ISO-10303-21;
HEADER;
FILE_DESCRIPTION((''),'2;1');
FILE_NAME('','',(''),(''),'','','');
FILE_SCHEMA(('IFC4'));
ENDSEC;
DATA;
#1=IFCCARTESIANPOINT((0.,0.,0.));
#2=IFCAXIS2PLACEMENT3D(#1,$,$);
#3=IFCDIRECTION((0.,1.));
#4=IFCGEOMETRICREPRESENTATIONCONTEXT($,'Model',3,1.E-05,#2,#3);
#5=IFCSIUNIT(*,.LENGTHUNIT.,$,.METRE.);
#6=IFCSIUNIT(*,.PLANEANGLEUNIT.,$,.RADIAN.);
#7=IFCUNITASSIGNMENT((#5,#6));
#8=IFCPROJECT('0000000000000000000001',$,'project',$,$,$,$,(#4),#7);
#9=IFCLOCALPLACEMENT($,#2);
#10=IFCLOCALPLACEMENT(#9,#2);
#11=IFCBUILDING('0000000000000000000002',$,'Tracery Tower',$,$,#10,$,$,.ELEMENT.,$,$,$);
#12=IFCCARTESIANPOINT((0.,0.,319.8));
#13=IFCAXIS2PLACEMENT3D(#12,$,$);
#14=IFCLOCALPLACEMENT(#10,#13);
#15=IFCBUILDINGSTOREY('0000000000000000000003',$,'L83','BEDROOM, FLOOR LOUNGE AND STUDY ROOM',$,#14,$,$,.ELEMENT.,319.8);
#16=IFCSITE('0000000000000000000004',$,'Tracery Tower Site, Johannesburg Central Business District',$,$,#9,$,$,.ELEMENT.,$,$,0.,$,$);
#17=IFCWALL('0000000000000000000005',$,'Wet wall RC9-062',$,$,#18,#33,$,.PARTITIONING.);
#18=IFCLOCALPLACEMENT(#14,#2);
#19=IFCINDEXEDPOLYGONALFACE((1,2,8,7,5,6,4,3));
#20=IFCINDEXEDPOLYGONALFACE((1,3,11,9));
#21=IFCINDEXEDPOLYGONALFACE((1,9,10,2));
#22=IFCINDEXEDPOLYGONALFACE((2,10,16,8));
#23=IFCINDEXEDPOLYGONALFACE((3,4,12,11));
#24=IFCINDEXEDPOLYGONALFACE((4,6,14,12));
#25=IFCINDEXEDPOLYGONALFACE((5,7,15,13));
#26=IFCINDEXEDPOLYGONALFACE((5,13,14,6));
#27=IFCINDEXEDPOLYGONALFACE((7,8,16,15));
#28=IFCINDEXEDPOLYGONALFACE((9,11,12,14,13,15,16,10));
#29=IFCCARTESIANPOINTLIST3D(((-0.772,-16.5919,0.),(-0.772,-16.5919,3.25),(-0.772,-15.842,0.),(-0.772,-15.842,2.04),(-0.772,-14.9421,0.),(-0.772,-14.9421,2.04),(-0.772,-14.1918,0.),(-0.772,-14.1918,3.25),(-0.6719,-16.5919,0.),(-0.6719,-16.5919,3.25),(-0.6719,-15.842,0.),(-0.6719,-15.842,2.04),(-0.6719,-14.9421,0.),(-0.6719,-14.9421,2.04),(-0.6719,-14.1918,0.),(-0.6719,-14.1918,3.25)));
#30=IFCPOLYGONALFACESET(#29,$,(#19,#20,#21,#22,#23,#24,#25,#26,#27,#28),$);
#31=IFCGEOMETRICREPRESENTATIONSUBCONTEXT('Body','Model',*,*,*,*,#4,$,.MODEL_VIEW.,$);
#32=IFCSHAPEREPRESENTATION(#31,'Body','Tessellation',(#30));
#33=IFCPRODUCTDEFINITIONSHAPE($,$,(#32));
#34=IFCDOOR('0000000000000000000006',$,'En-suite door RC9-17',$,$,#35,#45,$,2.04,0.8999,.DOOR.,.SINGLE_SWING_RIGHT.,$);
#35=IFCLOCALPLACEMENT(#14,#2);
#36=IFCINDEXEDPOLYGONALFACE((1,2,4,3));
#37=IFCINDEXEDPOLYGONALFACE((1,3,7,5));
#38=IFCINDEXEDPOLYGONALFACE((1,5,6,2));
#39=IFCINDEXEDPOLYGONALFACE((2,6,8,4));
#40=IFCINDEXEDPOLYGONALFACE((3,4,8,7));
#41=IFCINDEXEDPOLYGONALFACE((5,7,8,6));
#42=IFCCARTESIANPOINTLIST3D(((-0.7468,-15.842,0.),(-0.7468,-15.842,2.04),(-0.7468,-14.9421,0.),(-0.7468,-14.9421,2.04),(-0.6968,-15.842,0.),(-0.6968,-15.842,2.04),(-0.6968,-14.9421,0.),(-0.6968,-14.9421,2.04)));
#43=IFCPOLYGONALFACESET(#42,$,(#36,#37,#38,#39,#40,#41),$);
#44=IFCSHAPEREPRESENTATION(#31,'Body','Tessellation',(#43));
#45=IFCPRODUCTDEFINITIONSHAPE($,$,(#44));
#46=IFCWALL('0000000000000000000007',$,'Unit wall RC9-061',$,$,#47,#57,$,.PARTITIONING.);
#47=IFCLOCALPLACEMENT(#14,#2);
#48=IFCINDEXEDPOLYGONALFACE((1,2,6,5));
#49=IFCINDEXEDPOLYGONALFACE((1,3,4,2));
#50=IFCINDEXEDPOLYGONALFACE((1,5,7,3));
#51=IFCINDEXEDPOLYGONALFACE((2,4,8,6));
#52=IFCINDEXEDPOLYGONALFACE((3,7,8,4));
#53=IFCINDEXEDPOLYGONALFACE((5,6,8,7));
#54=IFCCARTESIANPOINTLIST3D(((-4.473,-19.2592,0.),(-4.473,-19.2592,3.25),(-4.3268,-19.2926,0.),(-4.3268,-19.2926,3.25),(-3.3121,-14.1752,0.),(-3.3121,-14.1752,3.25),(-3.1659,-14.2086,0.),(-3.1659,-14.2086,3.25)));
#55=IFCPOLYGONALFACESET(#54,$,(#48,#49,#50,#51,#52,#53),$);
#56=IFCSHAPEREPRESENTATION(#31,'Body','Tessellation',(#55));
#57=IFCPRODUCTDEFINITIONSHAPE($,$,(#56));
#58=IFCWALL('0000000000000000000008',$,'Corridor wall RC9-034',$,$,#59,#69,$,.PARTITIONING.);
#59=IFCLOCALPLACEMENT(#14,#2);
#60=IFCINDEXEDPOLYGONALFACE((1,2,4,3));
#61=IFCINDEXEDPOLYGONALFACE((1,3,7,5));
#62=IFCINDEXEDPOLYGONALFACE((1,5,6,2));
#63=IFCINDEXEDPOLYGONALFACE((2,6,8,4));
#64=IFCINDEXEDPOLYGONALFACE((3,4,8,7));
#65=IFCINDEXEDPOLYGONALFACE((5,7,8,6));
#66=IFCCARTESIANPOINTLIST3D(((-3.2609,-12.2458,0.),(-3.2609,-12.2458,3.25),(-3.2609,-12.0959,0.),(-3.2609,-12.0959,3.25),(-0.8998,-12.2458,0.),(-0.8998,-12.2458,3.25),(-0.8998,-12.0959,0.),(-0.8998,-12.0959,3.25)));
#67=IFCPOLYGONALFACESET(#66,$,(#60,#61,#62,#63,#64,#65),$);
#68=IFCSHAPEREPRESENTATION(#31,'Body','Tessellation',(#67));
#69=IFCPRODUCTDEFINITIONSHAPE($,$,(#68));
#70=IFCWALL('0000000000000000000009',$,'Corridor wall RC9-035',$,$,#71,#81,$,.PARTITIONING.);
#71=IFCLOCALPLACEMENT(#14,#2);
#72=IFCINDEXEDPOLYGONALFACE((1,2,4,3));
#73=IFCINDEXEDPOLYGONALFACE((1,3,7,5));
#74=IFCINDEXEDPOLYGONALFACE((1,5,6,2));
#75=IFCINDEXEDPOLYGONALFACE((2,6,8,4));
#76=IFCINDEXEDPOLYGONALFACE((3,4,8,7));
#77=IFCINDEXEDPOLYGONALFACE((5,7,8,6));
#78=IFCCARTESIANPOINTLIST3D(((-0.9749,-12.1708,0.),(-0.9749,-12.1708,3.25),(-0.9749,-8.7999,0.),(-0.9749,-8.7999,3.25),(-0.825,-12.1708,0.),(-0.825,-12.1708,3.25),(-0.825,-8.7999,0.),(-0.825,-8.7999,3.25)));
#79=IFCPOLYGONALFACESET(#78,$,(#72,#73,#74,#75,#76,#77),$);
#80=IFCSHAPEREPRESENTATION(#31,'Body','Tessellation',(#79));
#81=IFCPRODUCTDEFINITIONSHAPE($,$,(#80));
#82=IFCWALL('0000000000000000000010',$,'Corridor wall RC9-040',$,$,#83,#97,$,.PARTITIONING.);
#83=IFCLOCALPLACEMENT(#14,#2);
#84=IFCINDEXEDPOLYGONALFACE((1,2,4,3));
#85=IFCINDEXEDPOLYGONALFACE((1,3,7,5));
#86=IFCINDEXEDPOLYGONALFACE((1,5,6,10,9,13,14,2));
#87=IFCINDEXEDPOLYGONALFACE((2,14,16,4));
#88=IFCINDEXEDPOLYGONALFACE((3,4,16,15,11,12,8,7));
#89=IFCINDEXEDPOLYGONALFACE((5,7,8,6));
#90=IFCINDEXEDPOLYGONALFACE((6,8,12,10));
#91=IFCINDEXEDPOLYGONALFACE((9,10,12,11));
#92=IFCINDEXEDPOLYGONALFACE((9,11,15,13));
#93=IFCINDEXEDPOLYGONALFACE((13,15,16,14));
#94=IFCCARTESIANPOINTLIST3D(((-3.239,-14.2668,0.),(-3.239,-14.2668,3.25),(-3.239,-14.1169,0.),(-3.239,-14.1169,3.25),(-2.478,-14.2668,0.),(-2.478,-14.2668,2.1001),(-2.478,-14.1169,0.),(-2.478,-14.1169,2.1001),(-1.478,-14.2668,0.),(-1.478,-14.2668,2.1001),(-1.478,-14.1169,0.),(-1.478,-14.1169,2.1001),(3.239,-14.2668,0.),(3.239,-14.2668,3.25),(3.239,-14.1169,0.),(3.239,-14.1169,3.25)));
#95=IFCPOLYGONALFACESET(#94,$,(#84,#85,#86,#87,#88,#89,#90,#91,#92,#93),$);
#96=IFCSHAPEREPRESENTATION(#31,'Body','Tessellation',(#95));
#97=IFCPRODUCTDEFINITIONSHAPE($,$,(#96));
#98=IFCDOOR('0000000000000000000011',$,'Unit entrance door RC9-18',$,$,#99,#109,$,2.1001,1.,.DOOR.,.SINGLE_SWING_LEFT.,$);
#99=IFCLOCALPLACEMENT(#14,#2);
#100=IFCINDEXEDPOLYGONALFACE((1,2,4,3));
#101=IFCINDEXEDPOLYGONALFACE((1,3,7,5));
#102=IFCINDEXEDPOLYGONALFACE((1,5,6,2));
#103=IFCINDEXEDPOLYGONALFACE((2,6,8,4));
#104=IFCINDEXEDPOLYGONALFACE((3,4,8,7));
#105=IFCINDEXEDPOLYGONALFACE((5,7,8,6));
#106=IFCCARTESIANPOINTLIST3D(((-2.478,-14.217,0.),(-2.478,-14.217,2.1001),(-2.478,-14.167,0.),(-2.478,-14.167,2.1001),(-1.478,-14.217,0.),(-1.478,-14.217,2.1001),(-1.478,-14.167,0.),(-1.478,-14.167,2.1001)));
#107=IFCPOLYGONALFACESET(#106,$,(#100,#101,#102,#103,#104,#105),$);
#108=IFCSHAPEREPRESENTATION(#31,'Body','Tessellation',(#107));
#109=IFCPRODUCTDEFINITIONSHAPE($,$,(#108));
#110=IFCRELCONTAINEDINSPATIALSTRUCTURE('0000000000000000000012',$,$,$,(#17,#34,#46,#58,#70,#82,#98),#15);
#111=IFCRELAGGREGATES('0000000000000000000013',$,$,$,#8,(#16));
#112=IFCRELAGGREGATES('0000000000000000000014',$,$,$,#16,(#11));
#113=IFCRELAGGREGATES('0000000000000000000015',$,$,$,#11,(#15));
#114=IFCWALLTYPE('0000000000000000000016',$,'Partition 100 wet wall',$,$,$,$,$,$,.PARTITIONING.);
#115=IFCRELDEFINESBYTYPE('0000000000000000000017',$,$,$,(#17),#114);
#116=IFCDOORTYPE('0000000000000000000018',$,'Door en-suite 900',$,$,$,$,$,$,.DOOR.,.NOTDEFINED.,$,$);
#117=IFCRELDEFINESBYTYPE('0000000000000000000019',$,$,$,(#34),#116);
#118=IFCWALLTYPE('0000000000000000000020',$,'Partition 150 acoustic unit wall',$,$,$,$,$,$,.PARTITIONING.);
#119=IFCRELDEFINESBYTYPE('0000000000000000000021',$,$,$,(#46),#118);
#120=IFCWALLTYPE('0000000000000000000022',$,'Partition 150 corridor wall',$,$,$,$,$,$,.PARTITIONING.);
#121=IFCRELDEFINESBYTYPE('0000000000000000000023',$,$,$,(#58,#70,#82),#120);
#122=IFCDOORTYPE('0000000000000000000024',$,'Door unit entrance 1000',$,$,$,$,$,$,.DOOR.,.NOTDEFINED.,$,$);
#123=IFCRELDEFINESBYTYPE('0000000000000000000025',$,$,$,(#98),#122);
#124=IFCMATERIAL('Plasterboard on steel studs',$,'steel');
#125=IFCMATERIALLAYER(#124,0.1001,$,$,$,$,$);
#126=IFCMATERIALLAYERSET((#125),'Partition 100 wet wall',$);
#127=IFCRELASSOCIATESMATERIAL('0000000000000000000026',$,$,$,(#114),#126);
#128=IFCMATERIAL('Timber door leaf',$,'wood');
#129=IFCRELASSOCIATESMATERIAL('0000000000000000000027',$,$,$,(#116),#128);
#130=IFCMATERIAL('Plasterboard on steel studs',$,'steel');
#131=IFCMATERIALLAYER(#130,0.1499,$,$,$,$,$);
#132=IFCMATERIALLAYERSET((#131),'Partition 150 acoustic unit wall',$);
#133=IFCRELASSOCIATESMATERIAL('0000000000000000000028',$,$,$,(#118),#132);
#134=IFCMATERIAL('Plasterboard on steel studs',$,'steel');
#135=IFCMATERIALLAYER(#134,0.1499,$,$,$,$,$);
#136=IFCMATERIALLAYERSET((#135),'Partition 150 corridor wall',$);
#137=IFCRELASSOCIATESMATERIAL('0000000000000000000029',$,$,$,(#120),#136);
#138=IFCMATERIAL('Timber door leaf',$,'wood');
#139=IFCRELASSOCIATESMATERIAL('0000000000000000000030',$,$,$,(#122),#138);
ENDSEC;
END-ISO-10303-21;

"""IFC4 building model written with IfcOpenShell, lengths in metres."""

from ifc_helpers import new_model, si_unit, direction, frame, frame_2d, origin, place, context, subcontext, project, spatial, rectangle, extrude, material, layer, layer_set, type_object, element, fill, save


model = new_model("IFC4")

# Units and contexts
model_context = context("Model", 3, precision=1e-05, world=origin(), true_north=direction((0.0, 1.0)))
body_context = subcontext(model_context, "Body", "Model", "MODEL_VIEW")
ifc_project = project(units=[si_unit("LENGTHUNIT", "METRE"), si_unit("PLANEANGLEUNIT", "RADIAN")], contexts=[model_context])

# Site, building, storey
site_placement = place(None, origin())
site = spatial("IfcSite", under=ifc_project, at=site_placement, Name="Tracery Tower Site, Johannesburg Central Business District", CompositionType="ELEMENT", RefElevation=0.0)
building_placement = place(site_placement, origin())
building = spatial("IfcBuilding", under=site, at=building_placement, Name="Tracery Tower", CompositionType="ELEMENT")
storey_placement = place(building_placement, frame((0.0, 0.0, 319.8)))
storey = spatial("IfcBuildingStorey", under=building, at=storey_placement, Name="L83", Description="BEDROOM, FLOOR LOUNGE AND STUDY ROOM", CompositionType="ELEMENT", Elevation=319.8)

# Shared definitions
ifc_material_1 = material(Name="Plasterboard on steel studs", Category="steel")
ifc_layer_1 = layer(ifc_material_1, 0.1001)
ifc_layer_set_1 = layer_set([ifc_layer_1], Name="Partition 100 wet wall")
wall_type_1 = type_object("IfcWallType", Name="Partition 100 wet wall", PredefinedType="PARTITIONING", material=ifc_layer_set_1)

# Wall, opening, door
ifc_material_2 = material(Name="Timber door leaf", Category="wood")
door_type_1 = type_object("IfcDoorType", Name="Door en-suite 900", OperationType="NOTDEFINED", PredefinedType="DOOR", material=ifc_material_2)
wall_1_placement = place(storey_placement, frame((-0.7219, -16.592, 0.0), z_axis=(0.0, 0.0, 1.0), x_axis=(0.0, 1.0, 0.0)))
wall_1 = element("IfcWall", 1, at=wall_1_placement, inside=storey, type_object=wall_type_1, Name="Wet wall RC9-062", PredefinedType="PARTITIONING", context=body_context, shape_type="SweptSolid", body=[
    extrude(rectangle(XDim=2.4001, YDim=0.1001, at=frame_2d((1.2002, 0.0))), origin(), (0.0, 0.0, 1.0), 3.25),
])
opening_1_placement = place(wall_1_placement, frame((0.75, 0.0, 0.0)))
opening_1 = element("IfcOpeningElement", 2, at=opening_1_placement, cuts=wall_1, PredefinedType="OPENING", context=body_context, shape_type="SweptSolid", body=[
    extrude(rectangle(XDim=0.8999, YDim=2.04, at=frame_2d((0.45, 1.02))), frame((0.0, 0.05, 0.0), z_axis=(0.0, -1.0, 0.0), x_axis=(1.0, 0.0, 0.0)), (0.0, 0.0, 1.0), 0.1001),
])
door_1_placement = place(opening_1_placement, origin())
door_1 = element("IfcDoor", 3, at=door_1_placement, inside=storey, type_object=door_type_1, Name="En-suite door RC9-17", OperationType="SINGLE_SWING_RIGHT", OverallHeight=2.04, OverallWidth=0.8999, PredefinedType="DOOR", context=body_context, shape_type="SweptSolid", body=[
    extrude(rectangle(XDim=0.8999, YDim=2.04, at=frame_2d((0.45, 1.02))), frame((0.0, 0.0249, 0.0), z_axis=(0.0, -1.0, 0.0), x_axis=(1.0, 0.0, 0.0)), (0.0, 0.0, 1.0), 0.05),
])
fill(opening_1, door_1)

# Walls
ifc_material_3 = material(Name="Plasterboard on steel studs", Category="steel")
ifc_layer_2 = layer(ifc_material_3, 0.1499)
ifc_layer_set_2 = layer_set([ifc_layer_2], Name="Partition 150 acoustic unit wall")
wall_type_2 = type_object("IfcWallType", Name="Partition 150 acoustic unit wall", PredefinedType="PARTITIONING", material=ifc_layer_set_2)
wall_2_placement = place(storey_placement, frame((-4.3999, -19.2759, 0.0), z_axis=(0.0, 0.0, 1.0), x_axis=(0.222613, 0.974907, 0.0)))
element("IfcWall", 4, at=wall_2_placement, inside=storey, type_object=wall_type_2, Name="Unit wall RC9-061", PredefinedType="PARTITIONING", context=body_context, shape_type="SweptSolid", body=[
    extrude(rectangle(XDim=5.2148, YDim=0.1499, at=frame_2d((2.6074, 0.0))), origin(), (0.0, 0.0, 1.0), 3.25),
])
ifc_material_4 = material(Name="Plasterboard on steel studs", Category="steel")
ifc_layer_3 = layer(ifc_material_4, 0.1499)
ifc_layer_set_3 = layer_set([ifc_layer_3], Name="Partition 150 corridor wall")
wall_type_3 = type_object("IfcWallType", Name="Partition 150 corridor wall", PredefinedType="PARTITIONING", material=ifc_layer_set_3)
wall_3_placement = place(storey_placement, frame((-3.261, -12.1709, 0.0), z_axis=(0.0, 0.0, 1.0), x_axis=(1.0, 0.0, 0.0)))
element("IfcWall", 5, at=wall_3_placement, inside=storey, type_object=wall_type_3, Name="Corridor wall RC9-034", PredefinedType="PARTITIONING", context=body_context, shape_type="SweptSolid", body=[
    extrude(rectangle(XDim=2.3611, YDim=0.1499, at=frame_2d((1.1807, 0.0))), origin(), (0.0, 0.0, 1.0), 3.25),
])
wall_4_placement = place(storey_placement, frame((-0.8999, -12.1709, 0.0), z_axis=(0.0, 0.0, 1.0), x_axis=(0.0, 1.0, 0.0)))
element("IfcWall", 6, at=wall_4_placement, inside=storey, type_object=wall_type_3, Name="Corridor wall RC9-035", PredefinedType="PARTITIONING", context=body_context, shape_type="SweptSolid", body=[
    extrude(rectangle(XDim=3.3708, YDim=0.1499, at=frame_2d((1.6855, 0.0))), origin(), (0.0, 0.0, 1.0), 3.25),
])

# Wall, opening, door
wall_5_placement = place(storey_placement, frame((-3.239, -14.1919, 0.0), z_axis=(0.0, 0.0, 1.0), x_axis=(1.0, 0.0, 0.0)))
wall_5 = element("IfcWall", 7, at=wall_5_placement, inside=storey, type_object=wall_type_3, Name="Corridor wall RC9-040", PredefinedType="PARTITIONING", context=body_context, shape_type="SweptSolid", body=[
    extrude(rectangle(XDim=6.478, YDim=0.1499, at=frame_2d((3.239, 0.0))), origin(), (0.0, 0.0, 1.0), 3.25),
])
opening_2_placement = place(wall_5_placement, frame((0.761, 0.0, 0.0)))
opening_2 = element("IfcOpeningElement", 8, at=opening_2_placement, cuts=wall_5, PredefinedType="OPENING", context=body_context, shape_type="SweptSolid", body=[
    extrude(rectangle(XDim=1.0, YDim=2.1001, at=frame_2d((0.5, 1.05))), frame((0.0, 0.075, 0.0), z_axis=(0.0, -1.0, 0.0), x_axis=(1.0, 0.0, 0.0)), (0.0, 0.0, 1.0), 0.1499),
])
ifc_material_5 = material(Name="Timber door leaf", Category="wood")
door_type_2 = type_object("IfcDoorType", Name="Door unit entrance 1000", OperationType="NOTDEFINED", PredefinedType="DOOR", material=ifc_material_5)
door_2_placement = place(opening_2_placement, origin())
door_2 = element("IfcDoor", 9, at=door_2_placement, inside=storey, type_object=door_type_2, Name="Unit entrance door RC9-18", OperationType="SINGLE_SWING_LEFT", OverallHeight=2.1001, OverallWidth=1.0, PredefinedType="DOOR", context=body_context, shape_type="SweptSolid", body=[
    extrude(rectangle(XDim=1.0, YDim=2.1001, at=frame_2d((0.5, 1.05))), frame((0.0, 0.0249, 0.0), z_axis=(0.0, -1.0, 0.0), x_axis=(1.0, 0.0, 0.0)), (0.0, 0.0, 1.0), 0.05),
])
fill(opening_2, door_2)

save(model, "model.ifc")
